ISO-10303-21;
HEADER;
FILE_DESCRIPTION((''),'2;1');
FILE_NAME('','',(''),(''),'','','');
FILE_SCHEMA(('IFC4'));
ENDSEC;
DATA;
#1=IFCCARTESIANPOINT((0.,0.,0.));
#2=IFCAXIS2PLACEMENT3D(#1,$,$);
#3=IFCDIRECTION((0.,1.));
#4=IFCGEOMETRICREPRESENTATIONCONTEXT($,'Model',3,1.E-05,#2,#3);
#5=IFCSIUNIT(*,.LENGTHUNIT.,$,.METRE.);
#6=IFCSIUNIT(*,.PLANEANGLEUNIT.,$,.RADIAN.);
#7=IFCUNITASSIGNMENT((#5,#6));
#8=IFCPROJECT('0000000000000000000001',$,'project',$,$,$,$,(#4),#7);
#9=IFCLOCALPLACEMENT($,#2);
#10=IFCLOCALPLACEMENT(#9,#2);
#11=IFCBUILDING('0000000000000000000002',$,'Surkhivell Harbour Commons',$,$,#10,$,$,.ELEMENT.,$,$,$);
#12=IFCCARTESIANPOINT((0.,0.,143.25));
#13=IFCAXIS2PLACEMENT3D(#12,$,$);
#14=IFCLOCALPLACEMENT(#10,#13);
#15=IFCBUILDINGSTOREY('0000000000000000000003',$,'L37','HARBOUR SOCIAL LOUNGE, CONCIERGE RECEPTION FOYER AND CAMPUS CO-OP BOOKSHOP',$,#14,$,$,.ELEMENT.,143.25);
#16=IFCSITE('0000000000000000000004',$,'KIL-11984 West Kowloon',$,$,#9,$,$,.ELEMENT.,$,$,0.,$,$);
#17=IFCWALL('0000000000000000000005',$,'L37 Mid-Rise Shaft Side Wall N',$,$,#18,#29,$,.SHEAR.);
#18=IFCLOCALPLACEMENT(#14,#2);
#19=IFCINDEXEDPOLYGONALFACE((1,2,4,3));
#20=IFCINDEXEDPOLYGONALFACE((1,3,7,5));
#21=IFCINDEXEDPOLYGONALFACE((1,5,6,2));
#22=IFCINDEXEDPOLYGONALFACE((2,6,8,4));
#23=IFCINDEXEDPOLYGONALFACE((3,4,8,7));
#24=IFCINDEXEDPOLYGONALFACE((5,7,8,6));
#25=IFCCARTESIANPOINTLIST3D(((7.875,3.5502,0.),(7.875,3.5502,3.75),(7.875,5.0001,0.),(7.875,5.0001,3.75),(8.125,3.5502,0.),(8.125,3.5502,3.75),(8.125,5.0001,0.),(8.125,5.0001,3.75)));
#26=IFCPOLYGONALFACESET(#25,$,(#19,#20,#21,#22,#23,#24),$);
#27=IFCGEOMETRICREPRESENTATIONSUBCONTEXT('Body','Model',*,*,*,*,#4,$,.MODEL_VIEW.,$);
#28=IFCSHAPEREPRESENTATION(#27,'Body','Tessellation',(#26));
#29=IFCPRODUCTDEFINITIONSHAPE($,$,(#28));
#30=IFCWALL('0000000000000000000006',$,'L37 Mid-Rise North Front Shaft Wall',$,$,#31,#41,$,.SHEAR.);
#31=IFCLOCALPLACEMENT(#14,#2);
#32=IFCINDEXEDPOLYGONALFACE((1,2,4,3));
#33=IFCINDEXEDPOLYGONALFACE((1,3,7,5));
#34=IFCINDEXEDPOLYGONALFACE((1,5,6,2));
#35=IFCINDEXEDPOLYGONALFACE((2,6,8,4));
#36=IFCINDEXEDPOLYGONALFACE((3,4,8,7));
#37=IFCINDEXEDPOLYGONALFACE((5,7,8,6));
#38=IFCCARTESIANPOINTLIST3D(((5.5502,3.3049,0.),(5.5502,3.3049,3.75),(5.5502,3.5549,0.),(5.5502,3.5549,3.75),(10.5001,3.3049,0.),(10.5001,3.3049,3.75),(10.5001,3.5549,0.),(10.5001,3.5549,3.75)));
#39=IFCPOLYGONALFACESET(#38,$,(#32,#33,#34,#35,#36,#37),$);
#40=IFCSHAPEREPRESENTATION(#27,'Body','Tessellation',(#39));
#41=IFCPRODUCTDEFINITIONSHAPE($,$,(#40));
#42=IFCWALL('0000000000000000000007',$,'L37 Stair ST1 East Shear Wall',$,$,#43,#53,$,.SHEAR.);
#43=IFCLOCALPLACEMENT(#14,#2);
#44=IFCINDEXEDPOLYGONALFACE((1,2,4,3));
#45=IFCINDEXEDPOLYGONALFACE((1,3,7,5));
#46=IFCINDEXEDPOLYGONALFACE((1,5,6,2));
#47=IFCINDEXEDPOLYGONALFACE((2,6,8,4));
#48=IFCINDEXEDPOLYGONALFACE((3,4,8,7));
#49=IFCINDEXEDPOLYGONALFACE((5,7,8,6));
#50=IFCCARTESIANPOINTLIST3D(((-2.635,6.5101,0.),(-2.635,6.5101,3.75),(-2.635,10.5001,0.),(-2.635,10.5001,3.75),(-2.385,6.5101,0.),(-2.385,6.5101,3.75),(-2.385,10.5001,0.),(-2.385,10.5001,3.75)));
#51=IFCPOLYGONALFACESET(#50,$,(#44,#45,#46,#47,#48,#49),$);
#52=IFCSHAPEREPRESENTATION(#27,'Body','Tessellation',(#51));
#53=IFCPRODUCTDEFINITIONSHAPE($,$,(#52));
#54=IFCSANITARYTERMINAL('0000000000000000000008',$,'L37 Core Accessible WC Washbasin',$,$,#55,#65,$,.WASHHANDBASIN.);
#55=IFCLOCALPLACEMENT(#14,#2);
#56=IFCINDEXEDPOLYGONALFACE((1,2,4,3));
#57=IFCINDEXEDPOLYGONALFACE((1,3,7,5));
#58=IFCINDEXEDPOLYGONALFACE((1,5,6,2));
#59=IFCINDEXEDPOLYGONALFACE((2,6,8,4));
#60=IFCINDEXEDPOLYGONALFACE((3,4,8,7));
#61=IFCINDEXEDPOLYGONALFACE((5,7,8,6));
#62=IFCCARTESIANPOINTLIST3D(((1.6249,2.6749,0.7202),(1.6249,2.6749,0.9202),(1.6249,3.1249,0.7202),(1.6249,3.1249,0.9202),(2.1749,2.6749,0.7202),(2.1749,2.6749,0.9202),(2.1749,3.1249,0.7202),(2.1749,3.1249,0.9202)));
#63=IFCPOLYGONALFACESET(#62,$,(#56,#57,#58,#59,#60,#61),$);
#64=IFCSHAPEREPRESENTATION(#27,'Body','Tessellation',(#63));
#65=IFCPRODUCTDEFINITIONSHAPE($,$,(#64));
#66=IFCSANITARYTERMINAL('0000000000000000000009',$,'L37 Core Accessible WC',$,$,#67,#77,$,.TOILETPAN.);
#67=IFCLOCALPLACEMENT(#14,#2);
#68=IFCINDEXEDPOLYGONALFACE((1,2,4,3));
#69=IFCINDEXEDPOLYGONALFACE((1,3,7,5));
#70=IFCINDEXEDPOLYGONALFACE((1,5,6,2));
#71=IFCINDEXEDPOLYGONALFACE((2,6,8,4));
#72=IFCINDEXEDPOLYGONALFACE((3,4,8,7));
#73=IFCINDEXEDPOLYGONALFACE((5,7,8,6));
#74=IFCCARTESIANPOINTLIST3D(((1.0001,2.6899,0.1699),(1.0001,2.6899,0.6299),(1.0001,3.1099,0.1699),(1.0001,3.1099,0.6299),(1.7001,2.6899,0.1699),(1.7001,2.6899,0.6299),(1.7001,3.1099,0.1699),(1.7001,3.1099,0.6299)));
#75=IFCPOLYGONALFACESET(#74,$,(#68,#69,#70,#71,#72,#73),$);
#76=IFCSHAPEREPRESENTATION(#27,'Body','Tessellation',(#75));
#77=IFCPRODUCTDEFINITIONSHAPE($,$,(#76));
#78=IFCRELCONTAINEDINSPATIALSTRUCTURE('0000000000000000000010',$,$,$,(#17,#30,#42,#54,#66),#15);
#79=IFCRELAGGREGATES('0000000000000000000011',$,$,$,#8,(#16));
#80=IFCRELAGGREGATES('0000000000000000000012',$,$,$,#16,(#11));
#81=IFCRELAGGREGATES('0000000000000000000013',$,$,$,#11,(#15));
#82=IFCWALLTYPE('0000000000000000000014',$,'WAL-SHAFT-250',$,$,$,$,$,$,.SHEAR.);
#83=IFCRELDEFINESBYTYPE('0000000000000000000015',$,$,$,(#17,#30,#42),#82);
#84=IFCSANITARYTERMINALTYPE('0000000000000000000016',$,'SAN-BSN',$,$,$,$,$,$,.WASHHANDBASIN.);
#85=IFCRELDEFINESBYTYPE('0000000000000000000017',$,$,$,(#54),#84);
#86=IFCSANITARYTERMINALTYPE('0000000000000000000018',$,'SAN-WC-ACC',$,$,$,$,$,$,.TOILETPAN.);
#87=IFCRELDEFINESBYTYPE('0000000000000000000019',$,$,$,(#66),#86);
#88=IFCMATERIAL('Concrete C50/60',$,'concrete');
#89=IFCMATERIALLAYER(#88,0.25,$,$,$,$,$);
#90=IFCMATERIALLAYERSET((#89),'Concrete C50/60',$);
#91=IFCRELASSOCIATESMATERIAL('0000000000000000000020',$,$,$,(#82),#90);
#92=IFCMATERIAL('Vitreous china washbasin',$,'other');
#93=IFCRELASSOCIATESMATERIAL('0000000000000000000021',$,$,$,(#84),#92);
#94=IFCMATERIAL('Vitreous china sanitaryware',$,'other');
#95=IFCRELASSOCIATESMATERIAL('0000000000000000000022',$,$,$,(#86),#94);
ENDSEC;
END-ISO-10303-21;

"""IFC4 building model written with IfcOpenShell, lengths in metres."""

from ifc_helpers import new_model, si_unit, direction, frame, frame_2d, origin, origin_2d, place, context, subcontext, project, spatial, rectangle, extrude, material, layer, layer_set, type_object, element, save


model = new_model("IFC4")

# Units and contexts
model_context = context("Model", 3, precision=1e-05, world=origin(), true_north=direction((0.0, 1.0)))
body_context = subcontext(model_context, "Body", "Model", "MODEL_VIEW")
ifc_project = project(units=[si_unit("LENGTHUNIT", "METRE"), si_unit("PLANEANGLEUNIT", "RADIAN")], contexts=[model_context])

# Site, building, storey
site_placement = place(None, origin())
site = spatial("IfcSite", under=ifc_project, at=site_placement, Name="KIL-11984 West Kowloon", CompositionType="ELEMENT", RefElevation=0.0)
building_placement = place(site_placement, origin())
building = spatial("IfcBuilding", under=site, at=building_placement, Name="Surkhivell Harbour Commons", CompositionType="ELEMENT")
storey_placement = place(building_placement, frame((0.0, 0.0, 143.25)))
storey = spatial("IfcBuildingStorey", under=building, at=storey_placement, Name="L37", Description="HARBOUR SOCIAL LOUNGE, CONCIERGE RECEPTION FOYER AND CAMPUS CO-OP BOOKSHOP", CompositionType="ELEMENT", Elevation=143.25)

# Shared definitions
ifc_material_1 = material(Name="Concrete C50/60", Category="concrete")
ifc_layer_1 = layer(ifc_material_1, 0.25)
ifc_layer_set_1 = layer_set([ifc_layer_1], Name="Concrete C50/60")
wall_type_1 = type_object("IfcWallType", Name="WAL-SHAFT-250", PredefinedType="SHEAR", material=ifc_layer_set_1)

# Walls
for number, where, z_axis, x_axis, name in (
    (1, (8.0, 3.55, 0.0), (0.0, 0.0, 1.0), (0.0, 1.0, 0.0), "L37 Mid-Rise Shaft Side Wall N"),
):
    element("IfcWall", number, at=place(storey_placement, frame(where, z_axis=z_axis, x_axis=x_axis)), inside=storey, type_object=wall_type_1, Name=name, PredefinedType="SHEAR", context=body_context, shape_type="SweptSolid", body=[
        extrude(rectangle(XDim=1.45, YDim=0.25, at=frame_2d((0.7251, 0.0))), origin(), (0.0, 0.0, 1.0), 3.75),
    ])
wall_1_placement = place(storey_placement, frame((5.55, 3.4299, 0.0), z_axis=(0.0, 0.0, 1.0), x_axis=(1.0, 0.0, 0.0)))
element("IfcWall", 2, at=wall_1_placement, inside=storey, type_object=wall_type_1, Name="L37 Mid-Rise North Front Shaft Wall", PredefinedType="SHEAR", context=body_context, shape_type="SweptSolid", body=[
    extrude(rectangle(XDim=4.95, YDim=0.25, at=frame_2d((2.4751, 0.0))), origin(), (0.0, 0.0, 1.0), 3.75),
])
wall_2_placement = place(storey_placement, frame((-2.51, 6.51, 0.0), z_axis=(0.0, 0.0, 1.0), x_axis=(0.0, 1.0, 0.0)))
element("IfcWall", 3, at=wall_2_placement, inside=storey, type_object=wall_type_1, Name="L37 Stair ST1 East Shear Wall", PredefinedType="SHEAR", context=body_context, shape_type="SweptSolid", body=[
    extrude(rectangle(XDim=3.99, YDim=0.25, at=frame_2d((1.9951, 0.0))), origin(), (0.0, 0.0, 1.0), 3.75),
])

# Sanitary terminals
ifc_material_2 = material(Name="Vitreous china washbasin", Category="other")
sanitary_terminal_type_1 = type_object("IfcSanitaryTerminalType", Name="SAN-BSN", PredefinedType="WASHHANDBASIN", material=ifc_material_2)
sanitary_terminal_1_placement = place(storey_placement, frame((1.8999, 2.8999, 0.7202), z_axis=(0.0, 0.0, 1.0), x_axis=(1.0, 0.0, 0.0)))
element("IfcSanitaryTerminal", 4, at=sanitary_terminal_1_placement, inside=storey, type_object=sanitary_terminal_type_1, Name="L37 Core Accessible WC Washbasin", PredefinedType="WASHHANDBASIN", context=body_context, shape_type="SweptSolid", body=[
    extrude(rectangle(XDim=0.55, YDim=0.45, at=origin_2d()), origin(), (0.0, 0.0, 1.0), 0.2),
])
ifc_material_3 = material(Name="Vitreous china sanitaryware", Category="other")
sanitary_terminal_type_2 = type_object("IfcSanitaryTerminalType", Name="SAN-WC-ACC", PredefinedType="TOILETPAN", material=ifc_material_3)
sanitary_terminal_2_placement = place(storey_placement, frame((1.3501, 2.8999, 0.1699), z_axis=(0.0, 0.0, 1.0), x_axis=(1.0, 0.0, 0.0)))
element("IfcSanitaryTerminal", 5, at=sanitary_terminal_2_placement, inside=storey, type_object=sanitary_terminal_type_2, Name="L37 Core Accessible WC", PredefinedType="TOILETPAN", context=body_context, shape_type="SweptSolid", body=[
    extrude(rectangle(XDim=0.7, YDim=0.4199, at=origin_2d()), origin(), (0.0, 0.0, 1.0), 0.46),
])

save(model, "model.ifc")
